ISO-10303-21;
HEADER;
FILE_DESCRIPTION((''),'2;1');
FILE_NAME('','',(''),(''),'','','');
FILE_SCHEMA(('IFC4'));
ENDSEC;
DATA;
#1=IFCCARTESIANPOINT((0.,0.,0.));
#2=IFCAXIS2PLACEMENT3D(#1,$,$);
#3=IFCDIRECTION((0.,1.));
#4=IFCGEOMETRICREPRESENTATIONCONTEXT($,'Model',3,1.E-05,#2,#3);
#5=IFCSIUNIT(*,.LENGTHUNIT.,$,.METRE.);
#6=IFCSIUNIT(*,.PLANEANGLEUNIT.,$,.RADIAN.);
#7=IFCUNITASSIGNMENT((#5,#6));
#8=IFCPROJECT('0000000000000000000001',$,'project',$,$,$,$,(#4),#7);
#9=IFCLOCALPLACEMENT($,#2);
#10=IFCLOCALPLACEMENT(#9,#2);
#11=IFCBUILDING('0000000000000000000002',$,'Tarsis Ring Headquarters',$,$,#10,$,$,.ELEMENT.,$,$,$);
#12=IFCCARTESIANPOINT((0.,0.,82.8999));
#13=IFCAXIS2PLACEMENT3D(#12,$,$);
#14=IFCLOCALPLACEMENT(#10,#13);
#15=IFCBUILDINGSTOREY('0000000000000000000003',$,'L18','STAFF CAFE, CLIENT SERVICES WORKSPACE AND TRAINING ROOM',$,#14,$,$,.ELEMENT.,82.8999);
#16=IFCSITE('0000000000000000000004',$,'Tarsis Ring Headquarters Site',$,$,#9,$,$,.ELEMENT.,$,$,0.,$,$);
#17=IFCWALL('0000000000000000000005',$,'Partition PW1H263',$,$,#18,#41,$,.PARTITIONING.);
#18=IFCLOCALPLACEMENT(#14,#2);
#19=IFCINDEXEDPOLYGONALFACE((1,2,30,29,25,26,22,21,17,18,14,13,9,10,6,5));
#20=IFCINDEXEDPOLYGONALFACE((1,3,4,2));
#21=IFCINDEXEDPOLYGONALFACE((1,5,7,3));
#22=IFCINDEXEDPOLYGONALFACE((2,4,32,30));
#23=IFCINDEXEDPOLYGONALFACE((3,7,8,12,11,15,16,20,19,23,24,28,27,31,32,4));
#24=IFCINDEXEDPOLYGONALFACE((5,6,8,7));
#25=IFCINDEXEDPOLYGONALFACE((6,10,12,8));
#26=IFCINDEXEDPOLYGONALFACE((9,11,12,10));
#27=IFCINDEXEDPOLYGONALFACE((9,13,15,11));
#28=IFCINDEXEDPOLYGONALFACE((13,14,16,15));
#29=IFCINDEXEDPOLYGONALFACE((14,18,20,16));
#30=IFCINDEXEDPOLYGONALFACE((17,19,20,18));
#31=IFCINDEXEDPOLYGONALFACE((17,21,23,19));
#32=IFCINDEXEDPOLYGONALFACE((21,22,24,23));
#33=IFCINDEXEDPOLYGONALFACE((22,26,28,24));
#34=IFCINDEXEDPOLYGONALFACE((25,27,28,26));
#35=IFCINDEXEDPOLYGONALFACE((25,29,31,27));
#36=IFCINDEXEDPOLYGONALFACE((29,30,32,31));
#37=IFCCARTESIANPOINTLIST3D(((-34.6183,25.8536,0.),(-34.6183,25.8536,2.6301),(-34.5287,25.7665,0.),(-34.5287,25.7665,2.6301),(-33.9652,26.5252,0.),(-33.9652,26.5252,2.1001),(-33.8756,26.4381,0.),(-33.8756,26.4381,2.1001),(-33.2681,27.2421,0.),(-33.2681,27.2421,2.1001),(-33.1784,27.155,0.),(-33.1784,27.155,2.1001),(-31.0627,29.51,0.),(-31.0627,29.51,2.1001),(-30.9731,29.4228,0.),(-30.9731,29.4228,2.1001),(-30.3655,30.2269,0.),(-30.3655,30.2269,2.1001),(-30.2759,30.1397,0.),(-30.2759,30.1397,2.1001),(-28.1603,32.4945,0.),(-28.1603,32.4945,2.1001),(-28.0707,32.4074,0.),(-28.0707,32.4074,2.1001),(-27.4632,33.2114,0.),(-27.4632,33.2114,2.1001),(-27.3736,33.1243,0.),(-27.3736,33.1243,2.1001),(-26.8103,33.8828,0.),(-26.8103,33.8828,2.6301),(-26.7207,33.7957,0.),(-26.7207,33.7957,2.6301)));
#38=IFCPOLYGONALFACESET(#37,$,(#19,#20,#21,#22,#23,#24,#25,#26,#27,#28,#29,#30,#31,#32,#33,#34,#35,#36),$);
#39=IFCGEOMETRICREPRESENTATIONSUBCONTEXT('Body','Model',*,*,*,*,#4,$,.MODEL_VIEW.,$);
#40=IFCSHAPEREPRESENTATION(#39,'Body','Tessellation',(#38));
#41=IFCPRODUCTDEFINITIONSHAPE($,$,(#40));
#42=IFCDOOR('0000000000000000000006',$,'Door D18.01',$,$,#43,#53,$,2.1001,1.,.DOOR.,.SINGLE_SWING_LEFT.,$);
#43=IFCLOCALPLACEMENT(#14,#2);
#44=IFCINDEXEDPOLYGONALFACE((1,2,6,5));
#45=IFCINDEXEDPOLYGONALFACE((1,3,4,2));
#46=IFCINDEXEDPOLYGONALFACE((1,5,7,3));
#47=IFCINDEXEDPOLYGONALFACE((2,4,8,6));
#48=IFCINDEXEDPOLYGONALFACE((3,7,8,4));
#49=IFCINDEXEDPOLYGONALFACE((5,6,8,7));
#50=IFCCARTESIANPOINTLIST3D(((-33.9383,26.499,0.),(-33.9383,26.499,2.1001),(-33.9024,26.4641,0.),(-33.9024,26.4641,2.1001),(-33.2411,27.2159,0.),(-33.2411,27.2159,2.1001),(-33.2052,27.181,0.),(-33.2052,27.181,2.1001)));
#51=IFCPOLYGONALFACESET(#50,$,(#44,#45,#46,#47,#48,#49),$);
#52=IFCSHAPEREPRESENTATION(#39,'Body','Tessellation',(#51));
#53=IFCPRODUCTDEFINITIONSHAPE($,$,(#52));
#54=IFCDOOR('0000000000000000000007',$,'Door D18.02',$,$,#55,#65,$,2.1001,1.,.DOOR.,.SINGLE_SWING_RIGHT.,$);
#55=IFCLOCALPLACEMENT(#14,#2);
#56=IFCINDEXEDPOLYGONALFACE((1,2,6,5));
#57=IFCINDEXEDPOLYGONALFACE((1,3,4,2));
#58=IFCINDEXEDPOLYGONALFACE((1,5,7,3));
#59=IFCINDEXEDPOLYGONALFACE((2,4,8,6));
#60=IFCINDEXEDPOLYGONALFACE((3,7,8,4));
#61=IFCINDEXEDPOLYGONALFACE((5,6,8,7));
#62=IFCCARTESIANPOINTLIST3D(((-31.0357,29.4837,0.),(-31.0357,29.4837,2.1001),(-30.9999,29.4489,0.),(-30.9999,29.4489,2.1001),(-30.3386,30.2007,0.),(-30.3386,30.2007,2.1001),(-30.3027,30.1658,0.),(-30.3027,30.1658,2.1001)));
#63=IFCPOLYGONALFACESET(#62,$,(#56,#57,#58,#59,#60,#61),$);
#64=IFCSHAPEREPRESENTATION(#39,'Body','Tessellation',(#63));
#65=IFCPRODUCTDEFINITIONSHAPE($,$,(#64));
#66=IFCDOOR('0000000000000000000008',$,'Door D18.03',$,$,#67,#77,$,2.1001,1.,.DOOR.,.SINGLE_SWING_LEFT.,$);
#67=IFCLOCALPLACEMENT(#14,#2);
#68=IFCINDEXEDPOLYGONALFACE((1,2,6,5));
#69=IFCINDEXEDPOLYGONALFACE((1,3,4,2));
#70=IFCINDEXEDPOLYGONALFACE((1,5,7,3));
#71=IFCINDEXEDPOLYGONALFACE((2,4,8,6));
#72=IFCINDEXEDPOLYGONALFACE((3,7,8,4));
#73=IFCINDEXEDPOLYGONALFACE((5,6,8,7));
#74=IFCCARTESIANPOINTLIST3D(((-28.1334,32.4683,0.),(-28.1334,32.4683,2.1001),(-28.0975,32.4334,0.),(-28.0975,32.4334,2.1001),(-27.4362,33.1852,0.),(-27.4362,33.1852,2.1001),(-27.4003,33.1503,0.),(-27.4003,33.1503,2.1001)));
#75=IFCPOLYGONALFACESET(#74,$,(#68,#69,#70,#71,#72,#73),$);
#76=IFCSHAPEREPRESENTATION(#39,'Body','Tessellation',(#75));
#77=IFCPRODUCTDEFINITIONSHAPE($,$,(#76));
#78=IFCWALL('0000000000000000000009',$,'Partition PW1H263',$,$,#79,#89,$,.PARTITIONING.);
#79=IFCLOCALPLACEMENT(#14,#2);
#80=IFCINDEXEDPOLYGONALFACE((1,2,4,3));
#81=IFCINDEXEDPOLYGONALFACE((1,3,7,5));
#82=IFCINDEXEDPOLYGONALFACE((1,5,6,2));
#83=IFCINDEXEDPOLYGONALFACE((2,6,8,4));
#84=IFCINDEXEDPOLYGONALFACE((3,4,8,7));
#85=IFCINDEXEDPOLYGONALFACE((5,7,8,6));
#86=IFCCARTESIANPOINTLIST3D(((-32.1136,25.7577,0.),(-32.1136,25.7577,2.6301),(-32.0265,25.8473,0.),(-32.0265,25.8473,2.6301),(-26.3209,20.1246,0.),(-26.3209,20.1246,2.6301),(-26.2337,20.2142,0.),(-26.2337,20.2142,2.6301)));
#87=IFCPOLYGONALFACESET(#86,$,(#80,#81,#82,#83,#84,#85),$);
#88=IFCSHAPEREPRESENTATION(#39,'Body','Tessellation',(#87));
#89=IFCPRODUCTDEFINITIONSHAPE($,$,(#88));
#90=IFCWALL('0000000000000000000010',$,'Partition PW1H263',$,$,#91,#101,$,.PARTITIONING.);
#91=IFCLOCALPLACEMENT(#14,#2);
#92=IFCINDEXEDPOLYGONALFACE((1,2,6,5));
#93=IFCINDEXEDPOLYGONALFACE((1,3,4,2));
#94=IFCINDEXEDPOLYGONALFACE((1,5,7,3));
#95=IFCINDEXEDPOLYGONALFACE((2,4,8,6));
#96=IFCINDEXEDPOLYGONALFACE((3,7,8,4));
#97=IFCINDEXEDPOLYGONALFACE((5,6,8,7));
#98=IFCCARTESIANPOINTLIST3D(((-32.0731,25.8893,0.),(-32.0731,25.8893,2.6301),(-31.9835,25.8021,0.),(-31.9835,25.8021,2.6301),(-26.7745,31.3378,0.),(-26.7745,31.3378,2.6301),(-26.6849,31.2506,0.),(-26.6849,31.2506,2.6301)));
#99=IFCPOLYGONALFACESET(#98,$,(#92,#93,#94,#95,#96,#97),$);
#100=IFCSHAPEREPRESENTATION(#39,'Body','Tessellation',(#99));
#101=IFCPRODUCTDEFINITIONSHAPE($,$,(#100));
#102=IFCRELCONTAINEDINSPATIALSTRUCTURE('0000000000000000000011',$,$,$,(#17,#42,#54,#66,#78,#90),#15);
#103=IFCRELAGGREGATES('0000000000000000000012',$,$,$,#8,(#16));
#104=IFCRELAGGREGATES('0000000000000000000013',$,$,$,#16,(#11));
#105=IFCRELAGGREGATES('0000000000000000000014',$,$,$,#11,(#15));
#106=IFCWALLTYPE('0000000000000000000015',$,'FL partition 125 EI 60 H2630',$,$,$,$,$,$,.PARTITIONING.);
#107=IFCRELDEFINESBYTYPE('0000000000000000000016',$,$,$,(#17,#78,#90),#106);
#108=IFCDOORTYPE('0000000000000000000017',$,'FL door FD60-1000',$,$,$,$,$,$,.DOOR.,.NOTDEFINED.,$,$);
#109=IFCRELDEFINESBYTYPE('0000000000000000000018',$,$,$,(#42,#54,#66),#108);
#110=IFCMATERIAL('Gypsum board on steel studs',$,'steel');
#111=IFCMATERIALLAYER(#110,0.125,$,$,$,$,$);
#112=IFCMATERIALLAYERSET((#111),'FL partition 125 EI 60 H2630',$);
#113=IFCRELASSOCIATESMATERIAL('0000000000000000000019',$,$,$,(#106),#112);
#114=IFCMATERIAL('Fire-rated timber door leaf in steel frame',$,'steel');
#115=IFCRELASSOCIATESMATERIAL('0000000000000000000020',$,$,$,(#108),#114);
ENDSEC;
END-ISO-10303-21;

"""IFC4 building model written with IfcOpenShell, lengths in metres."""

from ifc_helpers import new_model, si_unit, direction, frame, frame_2d, origin, place, context, subcontext, project, spatial, rectangle, extrude, material, layer, layer_set, type_object, element, fill, save


model = new_model("IFC4")

# Units and contexts
model_context = context("Model", 3, precision=1e-05, world=origin(), true_north=direction((0.0, 1.0)))
body_context = subcontext(model_context, "Body", "Model", "MODEL_VIEW")
ifc_project = project(units=[si_unit("LENGTHUNIT", "METRE"), si_unit("PLANEANGLEUNIT", "RADIAN")], contexts=[model_context])

# Site, building, storey
site_placement = place(None, origin())
site = spatial("IfcSite", under=ifc_project, at=site_placement, Name="Tarsis Ring Headquarters Site", CompositionType="ELEMENT", RefElevation=0.0)
building_placement = place(site_placement, origin())
building = spatial("IfcBuilding", under=site, at=building_placement, Name="Tarsis Ring Headquarters", CompositionType="ELEMENT")
storey_placement = place(building_placement, frame((0.0, 0.0, 82.8999)))
storey = spatial("IfcBuildingStorey", under=building, at=storey_placement, Name="L18", Description="STAFF CAFE, CLIENT SERVICES WORKSPACE AND TRAINING ROOM", CompositionType="ELEMENT", Elevation=82.8999)

# Shared definitions
ifc_material_1 = material(Name="Gypsum board on steel studs", Category="steel")

# Wall, openings, doors
ifc_layer_1 = layer(ifc_material_1, 0.125)
ifc_layer_set_1 = layer_set([ifc_layer_1], Name="FL partition 125 EI 60 H2630")
wall_type_1 = type_object("IfcWallType", Name="FL partition 125 EI 60 H2630", PredefinedType="PARTITIONING", material=ifc_layer_set_1)
ifc_material_2 = material(Name="Fire-rated timber door leaf in steel frame", Category="steel")
door_type = type_object("IfcDoorType", Name="FL door FD60-1000", OperationType="NOTDEFINED", PredefinedType="DOOR", material=ifc_material_2)
wall_1_placement = place(storey_placement, frame((-34.5735, 25.8101, 0.0), z_axis=(0.0, 0.0, 1.0), x_axis=(0.697163, 0.716913, 0.0)))
wall_1 = element("IfcWall", 1, at=wall_1_placement, inside=storey, type_object=wall_type_1, Name="Partition PW1H263", PredefinedType="PARTITIONING", context=body_context, shape_type="SweptSolid", body=[
    extrude(rectangle(XDim=11.1997, YDim=0.125, at=frame_2d((5.5999, 0.0))), origin(), (0.0, 0.0, 1.0), 2.6301),
])
opening_1_placement = place(wall_1_placement, frame((0.9368, 0.0, 0.0)))
opening_1 = element("IfcOpeningElement", 2, at=opening_1_placement, cuts=wall_1, PredefinedType="OPENING", context=body_context, shape_type="SweptSolid", body=[
    extrude(rectangle(XDim=1.0, YDim=2.1001, at=frame_2d((0.5, 1.05))), frame((0.0, 0.0725, 0.0), z_axis=(0.0, -1.0, 0.0), x_axis=(1.0, 0.0, 0.0)), (0.0, 0.0, 1.0), 0.145),
])
opening_2_placement = place(wall_1_placement, frame((5.1001, 0.0, 0.0)))
opening_2 = element("IfcOpeningElement", 3, at=opening_2_placement, cuts=wall_1, PredefinedType="OPENING", context=body_context, shape_type="SweptSolid", body=[
    extrude(rectangle(XDim=1.0, YDim=2.1001, at=frame_2d((0.5, 1.05))), frame((0.0, 0.0725, 0.0), z_axis=(0.0, -1.0, 0.0), x_axis=(1.0, 0.0, 0.0)), (0.0, 0.0, 1.0), 0.145),
])
opening_3_placement = place(wall_1_placement, frame((9.2632, 0.0, 0.0)))
opening_3 = element("IfcOpeningElement", 4, at=opening_3_placement, cuts=wall_1, PredefinedType="OPENING", context=body_context, shape_type="SweptSolid", body=[
    extrude(rectangle(XDim=1.0, YDim=2.1001, at=frame_2d((0.5, 1.05))), frame((0.0, 0.0725, 0.0), z_axis=(0.0, -1.0, 0.0), x_axis=(1.0, 0.0, 0.0)), (0.0, 0.0, 1.0), 0.145),
])
door_1_placement = place(opening_1_placement, origin())
door_1 = element("IfcDoor", 5, at=door_1_placement, inside=storey, type_object=door_type, Name="Door D18.01", OperationType="SINGLE_SWING_LEFT", OverallHeight=2.1001, OverallWidth=1.0, PredefinedType="DOOR", context=body_context, shape_type="SweptSolid", body=[
    extrude(rectangle(XDim=1.0, YDim=2.1001, at=frame_2d((0.5, 1.05))), frame((0.0, 0.0249, 0.0), z_axis=(0.0, -1.0, 0.0), x_axis=(1.0, 0.0, 0.0)), (0.0, 0.0, 1.0), 0.05),
])
fill(opening_1, door_1)
door_2_placement = place(opening_2_placement, origin())
door_2 = element("IfcDoor", 6, at=door_2_placement, inside=storey, type_object=door_type, Name="Door D18.02", OperationType="SINGLE_SWING_RIGHT", OverallHeight=2.1001, OverallWidth=1.0, PredefinedType="DOOR", context=body_context, shape_type="SweptSolid", body=[
    extrude(rectangle(XDim=1.0, YDim=2.1001, at=frame_2d((0.5, 1.05))), frame((0.0, 0.0249, 0.0), z_axis=(0.0, -1.0, 0.0), x_axis=(1.0, 0.0, 0.0)), (0.0, 0.0, 1.0), 0.05),
])
fill(opening_2, door_2)
door_3_placement = place(opening_3_placement, origin())
door_3 = element("IfcDoor", 7, at=door_3_placement, inside=storey, type_object=door_type, Name="Door D18.03", OperationType="SINGLE_SWING_LEFT", OverallHeight=2.1001, OverallWidth=1.0, PredefinedType="DOOR", context=body_context, shape_type="SweptSolid", body=[
    extrude(rectangle(XDim=1.0, YDim=2.1001, at=frame_2d((0.5, 1.05))), frame((0.0, 0.0249, 0.0), z_axis=(0.0, -1.0, 0.0), x_axis=(1.0, 0.0, 0.0)), (0.0, 0.0, 1.0), 0.05),
])
fill(opening_3, door_3)

# Walls
wall_2_placement = place(storey_placement, frame((-32.0701, 25.8025, 0.0), z_axis=(0.0, 0.0, 1.0), x_axis=(0.716918, -0.697157, 0.0)))
element("IfcWall", 8, at=wall_2_placement, inside=storey, type_object=wall_type_1, Name="Partition PW1H263", PredefinedType="PARTITIONING", context=body_context, shape_type="SweptSolid", body=[
    extrude(rectangle(XDim=8.0801, YDim=0.125, at=frame_2d((4.04, 0.0))), origin(), (0.0, 0.0, 1.0), 2.6301),
])
wall_3_placement = place(storey_placement, frame((-32.0283, 25.8457, 0.0), z_axis=(0.0, 0.0, 1.0), x_axis=(0.697176, 0.7169, 0.0)))
element("IfcWall", 9, at=wall_3_placement, inside=storey, type_object=wall_type_1, Name="Partition PW1H263", PredefinedType="PARTITIONING", context=body_context, shape_type="SweptSolid", body=[
    extrude(rectangle(XDim=7.6001, YDim=0.125, at=frame_2d((3.8, 0.0))), origin(), (0.0, 0.0, 1.0), 2.6301),
])

save(model, "model.ifc")
